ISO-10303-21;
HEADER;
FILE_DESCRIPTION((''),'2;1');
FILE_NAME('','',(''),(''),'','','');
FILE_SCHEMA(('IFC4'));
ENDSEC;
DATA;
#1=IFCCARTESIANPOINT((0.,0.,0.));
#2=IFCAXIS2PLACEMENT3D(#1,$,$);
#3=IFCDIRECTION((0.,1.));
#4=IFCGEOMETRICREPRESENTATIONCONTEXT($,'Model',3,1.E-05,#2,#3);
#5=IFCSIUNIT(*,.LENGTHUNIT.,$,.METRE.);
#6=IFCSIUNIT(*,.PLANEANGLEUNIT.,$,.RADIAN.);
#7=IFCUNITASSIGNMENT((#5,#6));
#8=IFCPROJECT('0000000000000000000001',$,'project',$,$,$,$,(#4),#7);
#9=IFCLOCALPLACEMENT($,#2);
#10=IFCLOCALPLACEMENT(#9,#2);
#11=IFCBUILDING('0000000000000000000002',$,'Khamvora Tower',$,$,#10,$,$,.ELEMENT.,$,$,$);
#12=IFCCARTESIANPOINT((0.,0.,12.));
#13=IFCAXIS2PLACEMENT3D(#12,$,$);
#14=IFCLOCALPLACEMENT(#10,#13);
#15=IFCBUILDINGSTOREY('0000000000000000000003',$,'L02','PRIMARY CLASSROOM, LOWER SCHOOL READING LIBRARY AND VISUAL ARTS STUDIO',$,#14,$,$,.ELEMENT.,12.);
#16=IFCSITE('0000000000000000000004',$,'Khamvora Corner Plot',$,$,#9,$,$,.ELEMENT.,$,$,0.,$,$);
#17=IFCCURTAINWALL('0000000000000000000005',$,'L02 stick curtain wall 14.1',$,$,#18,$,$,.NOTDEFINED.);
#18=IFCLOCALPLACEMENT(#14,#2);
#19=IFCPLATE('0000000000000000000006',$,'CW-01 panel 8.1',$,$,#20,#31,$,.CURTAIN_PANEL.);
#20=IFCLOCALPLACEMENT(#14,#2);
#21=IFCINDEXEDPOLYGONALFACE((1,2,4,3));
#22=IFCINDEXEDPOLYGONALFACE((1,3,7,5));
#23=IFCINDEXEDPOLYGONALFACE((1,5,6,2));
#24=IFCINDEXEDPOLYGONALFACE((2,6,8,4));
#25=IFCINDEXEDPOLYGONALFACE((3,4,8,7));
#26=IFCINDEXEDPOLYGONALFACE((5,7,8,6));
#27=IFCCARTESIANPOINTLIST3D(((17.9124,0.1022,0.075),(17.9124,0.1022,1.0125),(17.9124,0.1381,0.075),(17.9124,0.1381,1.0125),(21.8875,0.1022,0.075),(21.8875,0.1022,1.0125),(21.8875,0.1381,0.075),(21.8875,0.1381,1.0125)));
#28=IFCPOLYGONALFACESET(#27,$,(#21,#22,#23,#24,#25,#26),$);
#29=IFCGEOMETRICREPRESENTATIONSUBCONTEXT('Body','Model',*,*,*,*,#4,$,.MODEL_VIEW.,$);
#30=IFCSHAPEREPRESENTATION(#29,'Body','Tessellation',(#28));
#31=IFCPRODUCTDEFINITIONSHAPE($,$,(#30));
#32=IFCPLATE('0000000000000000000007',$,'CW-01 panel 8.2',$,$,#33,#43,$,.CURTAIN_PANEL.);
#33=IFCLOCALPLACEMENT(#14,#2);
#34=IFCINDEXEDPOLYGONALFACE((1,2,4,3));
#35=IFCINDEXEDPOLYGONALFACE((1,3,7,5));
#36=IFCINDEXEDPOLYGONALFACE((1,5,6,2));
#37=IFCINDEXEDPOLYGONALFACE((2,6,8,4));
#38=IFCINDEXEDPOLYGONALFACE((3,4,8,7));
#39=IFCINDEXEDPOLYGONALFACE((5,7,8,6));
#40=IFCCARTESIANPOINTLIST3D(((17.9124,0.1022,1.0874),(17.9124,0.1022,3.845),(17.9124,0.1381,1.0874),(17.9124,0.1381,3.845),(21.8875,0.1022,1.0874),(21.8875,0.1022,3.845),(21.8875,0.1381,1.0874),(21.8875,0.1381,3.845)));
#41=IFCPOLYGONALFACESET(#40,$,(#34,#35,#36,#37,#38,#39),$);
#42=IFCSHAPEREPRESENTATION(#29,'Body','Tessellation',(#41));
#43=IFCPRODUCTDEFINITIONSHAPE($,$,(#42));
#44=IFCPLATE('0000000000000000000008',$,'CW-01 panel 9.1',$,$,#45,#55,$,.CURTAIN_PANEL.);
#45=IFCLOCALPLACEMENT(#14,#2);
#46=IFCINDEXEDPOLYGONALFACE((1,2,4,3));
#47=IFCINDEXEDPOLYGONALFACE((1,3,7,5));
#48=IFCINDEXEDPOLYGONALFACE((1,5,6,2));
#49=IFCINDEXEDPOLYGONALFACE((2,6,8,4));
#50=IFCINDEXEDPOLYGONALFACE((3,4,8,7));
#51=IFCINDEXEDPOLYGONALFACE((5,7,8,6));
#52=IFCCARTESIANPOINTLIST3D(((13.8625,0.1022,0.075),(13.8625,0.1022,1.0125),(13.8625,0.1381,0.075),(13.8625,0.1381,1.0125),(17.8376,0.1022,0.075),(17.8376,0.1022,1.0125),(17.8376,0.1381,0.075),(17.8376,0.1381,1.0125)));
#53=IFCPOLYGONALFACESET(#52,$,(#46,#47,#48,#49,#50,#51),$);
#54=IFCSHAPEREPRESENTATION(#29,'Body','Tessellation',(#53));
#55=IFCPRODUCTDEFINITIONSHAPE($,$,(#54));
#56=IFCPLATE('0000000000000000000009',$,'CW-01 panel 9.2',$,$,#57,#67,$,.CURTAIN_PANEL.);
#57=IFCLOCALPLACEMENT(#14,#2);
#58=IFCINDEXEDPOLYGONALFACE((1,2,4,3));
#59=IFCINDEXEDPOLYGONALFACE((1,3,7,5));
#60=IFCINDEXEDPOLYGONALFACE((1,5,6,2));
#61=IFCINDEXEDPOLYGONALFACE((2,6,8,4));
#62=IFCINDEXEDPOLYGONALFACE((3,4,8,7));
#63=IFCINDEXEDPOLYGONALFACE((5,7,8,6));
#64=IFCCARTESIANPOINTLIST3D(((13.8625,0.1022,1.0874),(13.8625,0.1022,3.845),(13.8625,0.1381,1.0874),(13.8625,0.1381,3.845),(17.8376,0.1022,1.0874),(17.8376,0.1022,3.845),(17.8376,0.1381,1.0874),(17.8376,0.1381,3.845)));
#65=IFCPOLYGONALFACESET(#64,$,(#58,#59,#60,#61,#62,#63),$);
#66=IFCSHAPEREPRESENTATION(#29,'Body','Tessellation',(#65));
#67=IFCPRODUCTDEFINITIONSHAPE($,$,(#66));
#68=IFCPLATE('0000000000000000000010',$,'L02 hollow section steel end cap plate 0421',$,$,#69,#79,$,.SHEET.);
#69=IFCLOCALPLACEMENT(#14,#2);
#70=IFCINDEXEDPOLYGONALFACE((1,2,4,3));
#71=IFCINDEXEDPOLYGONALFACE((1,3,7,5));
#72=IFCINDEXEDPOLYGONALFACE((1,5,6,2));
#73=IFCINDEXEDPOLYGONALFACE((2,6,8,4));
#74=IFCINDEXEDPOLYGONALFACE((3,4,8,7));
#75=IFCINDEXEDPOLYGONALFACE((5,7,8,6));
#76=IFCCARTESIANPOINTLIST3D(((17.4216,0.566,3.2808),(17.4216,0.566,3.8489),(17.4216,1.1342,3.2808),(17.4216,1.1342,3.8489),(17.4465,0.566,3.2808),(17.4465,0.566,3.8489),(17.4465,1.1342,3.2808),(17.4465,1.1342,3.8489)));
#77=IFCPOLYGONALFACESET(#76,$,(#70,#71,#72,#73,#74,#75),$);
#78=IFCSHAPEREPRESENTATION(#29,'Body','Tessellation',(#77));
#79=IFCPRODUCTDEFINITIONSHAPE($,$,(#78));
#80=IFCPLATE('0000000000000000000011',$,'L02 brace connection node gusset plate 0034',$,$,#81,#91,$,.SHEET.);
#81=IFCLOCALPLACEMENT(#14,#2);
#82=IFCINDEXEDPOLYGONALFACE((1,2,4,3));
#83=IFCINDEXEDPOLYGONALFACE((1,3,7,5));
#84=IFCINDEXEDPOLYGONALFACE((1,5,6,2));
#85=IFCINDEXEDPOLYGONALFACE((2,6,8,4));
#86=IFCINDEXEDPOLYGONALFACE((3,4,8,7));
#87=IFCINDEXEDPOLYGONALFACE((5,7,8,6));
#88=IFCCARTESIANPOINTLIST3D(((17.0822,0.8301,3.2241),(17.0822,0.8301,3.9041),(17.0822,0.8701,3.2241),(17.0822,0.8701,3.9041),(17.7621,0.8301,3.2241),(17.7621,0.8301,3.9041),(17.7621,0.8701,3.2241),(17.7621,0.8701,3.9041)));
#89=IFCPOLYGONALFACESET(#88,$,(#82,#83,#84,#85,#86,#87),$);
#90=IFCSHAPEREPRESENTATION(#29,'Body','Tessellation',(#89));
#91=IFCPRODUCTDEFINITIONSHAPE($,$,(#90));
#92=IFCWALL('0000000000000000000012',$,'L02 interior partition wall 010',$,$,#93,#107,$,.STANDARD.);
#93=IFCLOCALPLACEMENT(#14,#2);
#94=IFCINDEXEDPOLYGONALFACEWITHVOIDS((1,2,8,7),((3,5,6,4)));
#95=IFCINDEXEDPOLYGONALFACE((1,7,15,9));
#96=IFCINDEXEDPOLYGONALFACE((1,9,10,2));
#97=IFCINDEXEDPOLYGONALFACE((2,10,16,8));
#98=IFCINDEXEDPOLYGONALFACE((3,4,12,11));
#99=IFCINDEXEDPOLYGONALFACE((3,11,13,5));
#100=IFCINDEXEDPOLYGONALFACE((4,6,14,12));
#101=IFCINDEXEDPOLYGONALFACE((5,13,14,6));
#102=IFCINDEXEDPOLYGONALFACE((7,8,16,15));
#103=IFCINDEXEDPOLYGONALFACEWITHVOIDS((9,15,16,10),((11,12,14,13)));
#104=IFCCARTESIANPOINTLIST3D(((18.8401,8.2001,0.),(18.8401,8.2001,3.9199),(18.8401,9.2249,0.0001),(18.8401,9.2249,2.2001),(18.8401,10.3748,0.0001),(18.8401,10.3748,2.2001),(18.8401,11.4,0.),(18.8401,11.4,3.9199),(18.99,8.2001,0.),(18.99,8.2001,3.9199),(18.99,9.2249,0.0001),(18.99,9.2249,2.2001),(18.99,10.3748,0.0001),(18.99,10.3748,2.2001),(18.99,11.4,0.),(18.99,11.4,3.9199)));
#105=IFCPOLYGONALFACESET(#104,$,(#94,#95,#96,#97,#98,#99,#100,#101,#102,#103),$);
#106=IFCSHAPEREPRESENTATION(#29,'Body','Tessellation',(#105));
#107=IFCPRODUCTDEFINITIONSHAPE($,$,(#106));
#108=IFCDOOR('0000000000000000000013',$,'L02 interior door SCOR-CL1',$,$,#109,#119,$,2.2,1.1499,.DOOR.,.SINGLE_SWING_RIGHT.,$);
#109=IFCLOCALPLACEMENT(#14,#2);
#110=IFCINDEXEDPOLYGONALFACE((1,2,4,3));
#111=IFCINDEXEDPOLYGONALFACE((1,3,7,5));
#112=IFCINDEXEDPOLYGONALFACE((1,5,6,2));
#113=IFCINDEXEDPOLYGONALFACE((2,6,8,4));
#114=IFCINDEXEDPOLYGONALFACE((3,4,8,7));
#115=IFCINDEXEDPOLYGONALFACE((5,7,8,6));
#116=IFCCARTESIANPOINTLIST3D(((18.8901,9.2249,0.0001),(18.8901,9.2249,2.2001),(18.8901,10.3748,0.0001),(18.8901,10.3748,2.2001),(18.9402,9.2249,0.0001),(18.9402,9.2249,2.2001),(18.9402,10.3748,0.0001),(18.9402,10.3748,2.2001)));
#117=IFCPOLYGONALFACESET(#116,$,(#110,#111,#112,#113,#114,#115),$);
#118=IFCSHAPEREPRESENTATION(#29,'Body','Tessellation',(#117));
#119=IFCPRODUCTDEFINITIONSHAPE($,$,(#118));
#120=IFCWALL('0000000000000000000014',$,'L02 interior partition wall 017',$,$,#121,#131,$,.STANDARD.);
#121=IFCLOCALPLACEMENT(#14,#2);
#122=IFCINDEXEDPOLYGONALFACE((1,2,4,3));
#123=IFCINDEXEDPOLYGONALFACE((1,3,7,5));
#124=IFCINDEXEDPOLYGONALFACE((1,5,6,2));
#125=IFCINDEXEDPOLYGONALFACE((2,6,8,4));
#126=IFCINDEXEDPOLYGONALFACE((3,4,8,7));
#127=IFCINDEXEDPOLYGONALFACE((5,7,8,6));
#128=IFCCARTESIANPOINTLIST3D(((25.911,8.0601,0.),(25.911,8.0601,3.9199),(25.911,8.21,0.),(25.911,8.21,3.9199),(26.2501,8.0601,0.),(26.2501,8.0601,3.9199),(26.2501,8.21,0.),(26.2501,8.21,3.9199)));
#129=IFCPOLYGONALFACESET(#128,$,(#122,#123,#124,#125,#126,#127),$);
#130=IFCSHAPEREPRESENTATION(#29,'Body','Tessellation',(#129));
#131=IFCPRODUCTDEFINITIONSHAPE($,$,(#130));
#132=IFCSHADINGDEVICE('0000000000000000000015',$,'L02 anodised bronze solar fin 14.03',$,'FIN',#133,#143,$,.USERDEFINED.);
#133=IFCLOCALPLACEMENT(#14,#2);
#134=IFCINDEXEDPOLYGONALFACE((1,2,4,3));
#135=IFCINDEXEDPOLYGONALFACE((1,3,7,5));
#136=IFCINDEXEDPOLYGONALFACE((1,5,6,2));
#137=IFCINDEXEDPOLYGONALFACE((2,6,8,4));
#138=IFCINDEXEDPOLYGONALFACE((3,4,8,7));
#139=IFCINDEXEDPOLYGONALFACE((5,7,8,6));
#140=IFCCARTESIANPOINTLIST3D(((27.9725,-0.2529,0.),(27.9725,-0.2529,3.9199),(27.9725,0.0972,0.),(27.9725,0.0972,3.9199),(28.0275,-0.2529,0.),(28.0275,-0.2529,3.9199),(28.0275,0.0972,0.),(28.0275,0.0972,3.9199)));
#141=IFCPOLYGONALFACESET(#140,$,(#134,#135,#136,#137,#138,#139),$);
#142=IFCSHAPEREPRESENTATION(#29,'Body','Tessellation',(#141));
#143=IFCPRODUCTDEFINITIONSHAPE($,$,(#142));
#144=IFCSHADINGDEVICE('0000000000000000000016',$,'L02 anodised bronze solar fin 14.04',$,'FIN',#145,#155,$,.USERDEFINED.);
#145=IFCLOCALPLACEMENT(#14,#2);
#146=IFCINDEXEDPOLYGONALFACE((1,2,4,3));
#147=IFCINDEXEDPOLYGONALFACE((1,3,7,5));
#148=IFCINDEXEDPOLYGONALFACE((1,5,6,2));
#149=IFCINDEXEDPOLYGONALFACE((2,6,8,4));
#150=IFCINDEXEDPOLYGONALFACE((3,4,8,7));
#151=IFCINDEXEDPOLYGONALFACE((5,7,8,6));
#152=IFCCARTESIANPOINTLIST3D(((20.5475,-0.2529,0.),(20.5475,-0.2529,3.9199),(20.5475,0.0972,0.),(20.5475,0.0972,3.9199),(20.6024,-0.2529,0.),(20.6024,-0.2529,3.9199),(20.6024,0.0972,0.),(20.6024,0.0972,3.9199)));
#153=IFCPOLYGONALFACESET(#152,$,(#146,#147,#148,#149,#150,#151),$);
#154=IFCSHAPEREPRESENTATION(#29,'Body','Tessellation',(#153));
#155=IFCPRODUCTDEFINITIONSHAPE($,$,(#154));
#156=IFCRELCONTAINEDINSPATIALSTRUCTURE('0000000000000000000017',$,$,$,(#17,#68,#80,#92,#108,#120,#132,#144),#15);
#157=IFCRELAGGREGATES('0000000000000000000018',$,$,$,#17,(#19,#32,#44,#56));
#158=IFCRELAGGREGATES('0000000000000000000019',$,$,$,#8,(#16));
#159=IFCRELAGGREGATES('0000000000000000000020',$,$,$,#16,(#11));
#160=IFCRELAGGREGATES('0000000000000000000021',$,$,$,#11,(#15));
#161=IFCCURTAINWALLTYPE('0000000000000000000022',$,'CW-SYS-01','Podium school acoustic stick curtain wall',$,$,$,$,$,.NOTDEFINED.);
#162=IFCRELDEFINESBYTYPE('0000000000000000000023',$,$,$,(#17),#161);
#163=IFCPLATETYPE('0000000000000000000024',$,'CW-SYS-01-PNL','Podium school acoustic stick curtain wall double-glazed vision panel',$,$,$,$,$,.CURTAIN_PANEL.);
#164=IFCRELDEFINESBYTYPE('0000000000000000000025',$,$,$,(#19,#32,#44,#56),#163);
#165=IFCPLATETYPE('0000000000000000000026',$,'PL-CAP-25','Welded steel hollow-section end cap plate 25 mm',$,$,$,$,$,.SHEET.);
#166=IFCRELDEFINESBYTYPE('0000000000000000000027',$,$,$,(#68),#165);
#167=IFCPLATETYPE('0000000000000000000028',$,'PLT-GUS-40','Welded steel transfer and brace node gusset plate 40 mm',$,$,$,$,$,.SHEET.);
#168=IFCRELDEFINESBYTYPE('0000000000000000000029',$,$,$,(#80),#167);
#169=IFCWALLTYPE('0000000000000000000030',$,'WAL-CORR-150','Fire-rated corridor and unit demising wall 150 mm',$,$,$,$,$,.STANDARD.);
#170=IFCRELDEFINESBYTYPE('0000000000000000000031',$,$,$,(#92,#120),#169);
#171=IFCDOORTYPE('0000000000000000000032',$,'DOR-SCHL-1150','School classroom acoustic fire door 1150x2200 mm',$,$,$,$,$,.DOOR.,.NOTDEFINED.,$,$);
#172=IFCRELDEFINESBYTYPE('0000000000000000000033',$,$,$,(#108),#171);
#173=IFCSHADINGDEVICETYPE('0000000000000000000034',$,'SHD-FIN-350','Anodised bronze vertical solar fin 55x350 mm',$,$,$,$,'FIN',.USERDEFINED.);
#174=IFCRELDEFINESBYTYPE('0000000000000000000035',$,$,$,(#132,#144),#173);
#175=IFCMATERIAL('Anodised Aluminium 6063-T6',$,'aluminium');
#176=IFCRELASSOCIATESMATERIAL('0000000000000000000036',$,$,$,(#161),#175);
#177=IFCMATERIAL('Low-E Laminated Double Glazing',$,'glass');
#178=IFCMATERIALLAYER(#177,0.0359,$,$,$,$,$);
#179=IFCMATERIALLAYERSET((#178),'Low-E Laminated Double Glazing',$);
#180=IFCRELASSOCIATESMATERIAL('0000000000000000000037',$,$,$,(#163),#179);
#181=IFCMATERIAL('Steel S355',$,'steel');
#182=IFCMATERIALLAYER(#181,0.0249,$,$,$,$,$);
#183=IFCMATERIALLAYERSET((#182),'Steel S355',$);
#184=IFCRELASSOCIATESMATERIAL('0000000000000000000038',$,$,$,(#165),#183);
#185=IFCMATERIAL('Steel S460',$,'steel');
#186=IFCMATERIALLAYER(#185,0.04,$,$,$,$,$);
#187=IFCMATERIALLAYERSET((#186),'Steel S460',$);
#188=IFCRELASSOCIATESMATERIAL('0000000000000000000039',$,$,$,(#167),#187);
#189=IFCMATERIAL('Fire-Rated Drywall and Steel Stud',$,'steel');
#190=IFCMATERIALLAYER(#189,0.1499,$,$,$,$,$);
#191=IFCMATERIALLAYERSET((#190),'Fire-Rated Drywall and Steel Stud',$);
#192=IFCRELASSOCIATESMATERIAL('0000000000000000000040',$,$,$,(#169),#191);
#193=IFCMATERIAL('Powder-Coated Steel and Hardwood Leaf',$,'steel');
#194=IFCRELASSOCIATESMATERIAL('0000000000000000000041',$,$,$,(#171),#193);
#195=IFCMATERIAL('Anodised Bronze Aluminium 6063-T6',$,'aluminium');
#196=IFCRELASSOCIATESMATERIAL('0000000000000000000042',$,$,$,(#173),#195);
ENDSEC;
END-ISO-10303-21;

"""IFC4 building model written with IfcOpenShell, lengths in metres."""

from ifc_helpers import new_model, si_unit, direction, frame, frame_2d, origin, origin_2d, place, context, subcontext, project, spatial, rectangle, extrude, material, layer, layer_set, type_object, element, fill, aggregate, save


model = new_model("IFC4")

# Units and contexts
model_context = context("Model", 3, precision=1e-05, world=origin(), true_north=direction((0.0, 1.0)))
body_context = subcontext(model_context, "Body", "Model", "MODEL_VIEW")
ifc_project = project(units=[si_unit("LENGTHUNIT", "METRE"), si_unit("PLANEANGLEUNIT", "RADIAN")], contexts=[model_context])

# Site, building, storey
site_placement = place(None, origin())
site = spatial("IfcSite", under=ifc_project, at=site_placement, Name="Khamvora Corner Plot", CompositionType="ELEMENT", RefElevation=0.0)
building_placement = place(site_placement, origin())
building = spatial("IfcBuilding", under=site, at=building_placement, Name="Khamvora Tower", CompositionType="ELEMENT")
storey_placement = place(building_placement, frame((0.0, 0.0, 12.0)))
storey = spatial("IfcBuildingStorey", under=building, at=storey_placement, Name="L02", Description="PRIMARY CLASSROOM, LOWER SCHOOL READING LIBRARY AND VISUAL ARTS STUDIO", CompositionType="ELEMENT", Elevation=12.0)

# Shared definitions
ifc_material_1 = material(Name="Steel S460", Category="steel")

# Shared definitions
ifc_material_2 = material(Name="Steel S355", Category="steel")

# Curtain wall, plates
ifc_material_3 = material(Name="Anodised Aluminium 6063-T6", Category="aluminium")
curtain_wall_type = type_object("IfcCurtainWallType", Name="CW-SYS-01", Description="Podium school acoustic stick curtain wall", PredefinedType="NOTDEFINED", material=ifc_material_3)
curtain_wall_placement = place(storey_placement, origin())
curtain_wall = element("IfcCurtainWall", 1, at=curtain_wall_placement, inside=storey, type_object=curtain_wall_type, Name="L02 stick curtain wall 14.1", PredefinedType="NOTDEFINED")
ifc_material_4 = material(Name="Low-E Laminated Double Glazing", Category="glass")
ifc_layer_1 = layer(ifc_material_4, 0.0359)
ifc_layer_set_1 = layer_set([ifc_layer_1], Name="Low-E Laminated Double Glazing")
plate_type_1 = type_object("IfcPlateType", Name="CW-SYS-01-PNL", Description="Podium school acoustic stick curtain wall double-glazed vision panel", PredefinedType="CURTAIN_PANEL", material=ifc_layer_set_1)
plate_1_placement = place(storey_placement, frame((19.8999, 0.1201, 0.075), z_axis=(0.0, 0.0, 1.0), x_axis=(-1.0, 0.0, 0.0)))
plate_1 = element("IfcPlate", 2, at=plate_1_placement, type_object=plate_type_1, Name="CW-01 panel 8.1", PredefinedType="CURTAIN_PANEL", context=body_context, shape_type="SweptSolid", body=[
    extrude(rectangle(XDim=3.9751, YDim=0.0359, at=origin_2d()), origin(), (0.0, 0.0, 1.0), 0.9375),
])
plate_2_placement = place(storey_placement, frame((19.8999, 0.1201, 1.0874), z_axis=(0.0, 0.0, 1.0), x_axis=(-1.0, 0.0, 0.0)))
plate_2 = element("IfcPlate", 3, at=plate_2_placement, type_object=plate_type_1, Name="CW-01 panel 8.2", PredefinedType="CURTAIN_PANEL", context=body_context, shape_type="SweptSolid", body=[
    extrude(rectangle(XDim=3.9751, YDim=0.0359, at=origin_2d()), origin(), (0.0, 0.0, 1.0), 2.7576),
])
plate_3_placement = place(storey_placement, frame((15.8501, 0.1201, 0.075), z_axis=(0.0, 0.0, 1.0), x_axis=(-1.0, 0.0, 0.0)))
plate_3 = element("IfcPlate", 4, at=plate_3_placement, type_object=plate_type_1, Name="CW-01 panel 9.1", PredefinedType="CURTAIN_PANEL", context=body_context, shape_type="SweptSolid", body=[
    extrude(rectangle(XDim=3.9751, YDim=0.0359, at=origin_2d()), origin(), (0.0, 0.0, 1.0), 0.9375),
])
plate_4_placement = place(storey_placement, frame((15.8501, 0.1201, 1.0874), z_axis=(0.0, 0.0, 1.0), x_axis=(-1.0, 0.0, 0.0)))
plate_4 = element("IfcPlate", 5, at=plate_4_placement, type_object=plate_type_1, Name="CW-01 panel 9.2", PredefinedType="CURTAIN_PANEL", context=body_context, shape_type="SweptSolid", body=[
    extrude(rectangle(XDim=3.9751, YDim=0.0359, at=origin_2d()), origin(), (0.0, 0.0, 1.0), 2.7576),
])
aggregate(curtain_wall, [plate_1, plate_2, plate_3, plate_4])

# Plates
ifc_layer_2 = layer(ifc_material_2, 0.0249)
ifc_layer_set_2 = layer_set([ifc_layer_2], Name="Steel S355")
plate_type_2 = type_object("IfcPlateType", Name="PL-CAP-25", Description="Welded steel hollow-section end cap plate 25 mm", PredefinedType="SHEET", material=ifc_layer_set_2)
plate_5_placement = place(storey_placement, frame((17.4341, 0.8501, 3.2808), z_axis=(0.0, 0.0, 1.0), x_axis=(1.0, 0.0, 0.0)))
element("IfcPlate", 6, at=plate_5_placement, inside=storey, type_object=plate_type_2, Name="L02 hollow section steel end cap plate 0421", PredefinedType="SHEET", context=body_context, shape_type="SweptSolid", body=[
    extrude(rectangle(XDim=0.0249, YDim=0.5681, at=origin_2d()), origin(), (0.0, 0.0, 1.0), 0.5681),
])
ifc_layer_3 = layer(ifc_material_1, 0.04)
ifc_layer_set_3 = layer_set([ifc_layer_3], Name="Steel S460")
plate_type_3 = type_object("IfcPlateType", Name="PLT-GUS-40", Description="Welded steel transfer and brace node gusset plate 40 mm", PredefinedType="SHEET", material=ifc_layer_set_3)
plate_6_placement = place(storey_placement, frame((17.4221, 0.8501, 3.2241), z_axis=(0.0, 0.0, 1.0), x_axis=(1.0, 0.0, 0.0)))
element("IfcPlate", 7, at=plate_6_placement, inside=storey, type_object=plate_type_3, Name="L02 brace connection node gusset plate 0034", PredefinedType="SHEET", context=body_context, shape_type="SweptSolid", body=[
    extrude(rectangle(XDim=0.6799, YDim=0.04, at=origin_2d()), origin(), (0.0, 0.0, 1.0), 0.6799),
])

# Wall, opening, door
ifc_material_5 = material(Name="Fire-Rated Drywall and Steel Stud", Category="steel")
ifc_layer_4 = layer(ifc_material_5, 0.1499)
ifc_layer_set_4 = layer_set([ifc_layer_4], Name="Fire-Rated Drywall and Steel Stud")
wall_type = type_object("IfcWallType", Name="WAL-CORR-150", Description="Fire-rated corridor and unit demising wall 150 mm", PredefinedType="STANDARD", material=ifc_layer_set_4)
wall_1_placement = place(storey_placement, frame((18.915, 8.2, 0.0), z_axis=(0.0, 0.0, 1.0), x_axis=(0.0, 1.0, 0.0)))
wall_1 = element("IfcWall", 8, at=wall_1_placement, inside=storey, type_object=wall_type, Name="L02 interior partition wall 010", PredefinedType="STANDARD", context=body_context, shape_type="SweptSolid", body=[
    extrude(rectangle(XDim=3.2, YDim=0.1499, at=frame_2d((1.6001, 0.0))), origin(), (0.0, 0.0, 1.0), 3.9199),
])
opening_placement = place(wall_1_placement, frame((1.0249, 0.0, 0.0)))
opening = element("IfcOpeningElement", 9, at=opening_placement, cuts=wall_1, PredefinedType="OPENING", context=body_context, shape_type="SweptSolid", body=[
    extrude(rectangle(XDim=1.1499, YDim=2.2, at=frame_2d((0.575, 1.1001))), frame((0.0, 0.085, 0.0), z_axis=(0.0, -1.0, 0.0), x_axis=(1.0, 0.0, 0.0)), (0.0, 0.0, 1.0), 0.1699),
])
ifc_material_6 = material(Name="Powder-Coated Steel and Hardwood Leaf", Category="steel")
door_type = type_object("IfcDoorType", Name="DOR-SCHL-1150", Description="School classroom acoustic fire door 1150x2200 mm", OperationType="NOTDEFINED", PredefinedType="DOOR", material=ifc_material_6)
door_placement = place(opening_placement, origin())
door = element("IfcDoor", 10, at=door_placement, inside=storey, type_object=door_type, Name="L02 interior door SCOR-CL1", OperationType="SINGLE_SWING_RIGHT", OverallHeight=2.2, OverallWidth=1.1499, PredefinedType="DOOR", context=body_context, shape_type="SweptSolid", body=[
    extrude(rectangle(XDim=1.1499, YDim=2.2, at=frame_2d((0.575, 1.1001))), frame((0.0, 0.0249, 0.0), z_axis=(0.0, -1.0, 0.0), x_axis=(1.0, 0.0, 0.0)), (0.0, 0.0, 1.0), 0.05),
])
fill(opening, door)

# Wall
wall_2_placement = place(storey_placement, frame((26.25, 8.135, 0.0), z_axis=(0.0, 0.0, 1.0), x_axis=(-1.0, 0.0, 0.0)))
element("IfcWall", 11, at=wall_2_placement, inside=storey, type_object=wall_type, Name="L02 interior partition wall 017", PredefinedType="STANDARD", context=body_context, shape_type="SweptSolid", body=[
    extrude(rectangle(XDim=0.3391, YDim=0.1499, at=frame_2d((0.1694, 0.0))), origin(), (0.0, 0.0, 1.0), 3.9199),
])

# Shading devices
ifc_material_7 = material(Name="Anodised Bronze Aluminium 6063-T6", Category="aluminium")
shading_device_type = type_object("IfcShadingDeviceType", Name="SHD-FIN-350", Description="Anodised bronze vertical solar fin 55x350 mm", ElementType="FIN", PredefinedType="USERDEFINED", material=ifc_material_7)
for number, where, z_axis, x_axis, name in (
    (12, (28.0, -0.0779, 0.0), (0.0, 0.0, 1.0), (-1.0, 0.0, 0.0), "L02 anodised bronze solar fin 14.03"),
    (13, (20.575, -0.0779, 0.0), (0.0, 0.0, 1.0), (-1.0, 0.0, 0.0), "L02 anodised bronze solar fin 14.04"),
):
    element("IfcShadingDevice", number, at=place(storey_placement, frame(where, z_axis=z_axis, x_axis=x_axis)), inside=storey, type_object=shading_device_type, Name=name, ObjectType="FIN", PredefinedType="USERDEFINED", context=body_context, shape_type="SweptSolid", body=[
        extrude(rectangle(XDim=0.0549, YDim=0.3501, at=origin_2d()), origin(), (0.0, 0.0, 1.0), 3.9199),
    ])

save(model, "model.ifc")
